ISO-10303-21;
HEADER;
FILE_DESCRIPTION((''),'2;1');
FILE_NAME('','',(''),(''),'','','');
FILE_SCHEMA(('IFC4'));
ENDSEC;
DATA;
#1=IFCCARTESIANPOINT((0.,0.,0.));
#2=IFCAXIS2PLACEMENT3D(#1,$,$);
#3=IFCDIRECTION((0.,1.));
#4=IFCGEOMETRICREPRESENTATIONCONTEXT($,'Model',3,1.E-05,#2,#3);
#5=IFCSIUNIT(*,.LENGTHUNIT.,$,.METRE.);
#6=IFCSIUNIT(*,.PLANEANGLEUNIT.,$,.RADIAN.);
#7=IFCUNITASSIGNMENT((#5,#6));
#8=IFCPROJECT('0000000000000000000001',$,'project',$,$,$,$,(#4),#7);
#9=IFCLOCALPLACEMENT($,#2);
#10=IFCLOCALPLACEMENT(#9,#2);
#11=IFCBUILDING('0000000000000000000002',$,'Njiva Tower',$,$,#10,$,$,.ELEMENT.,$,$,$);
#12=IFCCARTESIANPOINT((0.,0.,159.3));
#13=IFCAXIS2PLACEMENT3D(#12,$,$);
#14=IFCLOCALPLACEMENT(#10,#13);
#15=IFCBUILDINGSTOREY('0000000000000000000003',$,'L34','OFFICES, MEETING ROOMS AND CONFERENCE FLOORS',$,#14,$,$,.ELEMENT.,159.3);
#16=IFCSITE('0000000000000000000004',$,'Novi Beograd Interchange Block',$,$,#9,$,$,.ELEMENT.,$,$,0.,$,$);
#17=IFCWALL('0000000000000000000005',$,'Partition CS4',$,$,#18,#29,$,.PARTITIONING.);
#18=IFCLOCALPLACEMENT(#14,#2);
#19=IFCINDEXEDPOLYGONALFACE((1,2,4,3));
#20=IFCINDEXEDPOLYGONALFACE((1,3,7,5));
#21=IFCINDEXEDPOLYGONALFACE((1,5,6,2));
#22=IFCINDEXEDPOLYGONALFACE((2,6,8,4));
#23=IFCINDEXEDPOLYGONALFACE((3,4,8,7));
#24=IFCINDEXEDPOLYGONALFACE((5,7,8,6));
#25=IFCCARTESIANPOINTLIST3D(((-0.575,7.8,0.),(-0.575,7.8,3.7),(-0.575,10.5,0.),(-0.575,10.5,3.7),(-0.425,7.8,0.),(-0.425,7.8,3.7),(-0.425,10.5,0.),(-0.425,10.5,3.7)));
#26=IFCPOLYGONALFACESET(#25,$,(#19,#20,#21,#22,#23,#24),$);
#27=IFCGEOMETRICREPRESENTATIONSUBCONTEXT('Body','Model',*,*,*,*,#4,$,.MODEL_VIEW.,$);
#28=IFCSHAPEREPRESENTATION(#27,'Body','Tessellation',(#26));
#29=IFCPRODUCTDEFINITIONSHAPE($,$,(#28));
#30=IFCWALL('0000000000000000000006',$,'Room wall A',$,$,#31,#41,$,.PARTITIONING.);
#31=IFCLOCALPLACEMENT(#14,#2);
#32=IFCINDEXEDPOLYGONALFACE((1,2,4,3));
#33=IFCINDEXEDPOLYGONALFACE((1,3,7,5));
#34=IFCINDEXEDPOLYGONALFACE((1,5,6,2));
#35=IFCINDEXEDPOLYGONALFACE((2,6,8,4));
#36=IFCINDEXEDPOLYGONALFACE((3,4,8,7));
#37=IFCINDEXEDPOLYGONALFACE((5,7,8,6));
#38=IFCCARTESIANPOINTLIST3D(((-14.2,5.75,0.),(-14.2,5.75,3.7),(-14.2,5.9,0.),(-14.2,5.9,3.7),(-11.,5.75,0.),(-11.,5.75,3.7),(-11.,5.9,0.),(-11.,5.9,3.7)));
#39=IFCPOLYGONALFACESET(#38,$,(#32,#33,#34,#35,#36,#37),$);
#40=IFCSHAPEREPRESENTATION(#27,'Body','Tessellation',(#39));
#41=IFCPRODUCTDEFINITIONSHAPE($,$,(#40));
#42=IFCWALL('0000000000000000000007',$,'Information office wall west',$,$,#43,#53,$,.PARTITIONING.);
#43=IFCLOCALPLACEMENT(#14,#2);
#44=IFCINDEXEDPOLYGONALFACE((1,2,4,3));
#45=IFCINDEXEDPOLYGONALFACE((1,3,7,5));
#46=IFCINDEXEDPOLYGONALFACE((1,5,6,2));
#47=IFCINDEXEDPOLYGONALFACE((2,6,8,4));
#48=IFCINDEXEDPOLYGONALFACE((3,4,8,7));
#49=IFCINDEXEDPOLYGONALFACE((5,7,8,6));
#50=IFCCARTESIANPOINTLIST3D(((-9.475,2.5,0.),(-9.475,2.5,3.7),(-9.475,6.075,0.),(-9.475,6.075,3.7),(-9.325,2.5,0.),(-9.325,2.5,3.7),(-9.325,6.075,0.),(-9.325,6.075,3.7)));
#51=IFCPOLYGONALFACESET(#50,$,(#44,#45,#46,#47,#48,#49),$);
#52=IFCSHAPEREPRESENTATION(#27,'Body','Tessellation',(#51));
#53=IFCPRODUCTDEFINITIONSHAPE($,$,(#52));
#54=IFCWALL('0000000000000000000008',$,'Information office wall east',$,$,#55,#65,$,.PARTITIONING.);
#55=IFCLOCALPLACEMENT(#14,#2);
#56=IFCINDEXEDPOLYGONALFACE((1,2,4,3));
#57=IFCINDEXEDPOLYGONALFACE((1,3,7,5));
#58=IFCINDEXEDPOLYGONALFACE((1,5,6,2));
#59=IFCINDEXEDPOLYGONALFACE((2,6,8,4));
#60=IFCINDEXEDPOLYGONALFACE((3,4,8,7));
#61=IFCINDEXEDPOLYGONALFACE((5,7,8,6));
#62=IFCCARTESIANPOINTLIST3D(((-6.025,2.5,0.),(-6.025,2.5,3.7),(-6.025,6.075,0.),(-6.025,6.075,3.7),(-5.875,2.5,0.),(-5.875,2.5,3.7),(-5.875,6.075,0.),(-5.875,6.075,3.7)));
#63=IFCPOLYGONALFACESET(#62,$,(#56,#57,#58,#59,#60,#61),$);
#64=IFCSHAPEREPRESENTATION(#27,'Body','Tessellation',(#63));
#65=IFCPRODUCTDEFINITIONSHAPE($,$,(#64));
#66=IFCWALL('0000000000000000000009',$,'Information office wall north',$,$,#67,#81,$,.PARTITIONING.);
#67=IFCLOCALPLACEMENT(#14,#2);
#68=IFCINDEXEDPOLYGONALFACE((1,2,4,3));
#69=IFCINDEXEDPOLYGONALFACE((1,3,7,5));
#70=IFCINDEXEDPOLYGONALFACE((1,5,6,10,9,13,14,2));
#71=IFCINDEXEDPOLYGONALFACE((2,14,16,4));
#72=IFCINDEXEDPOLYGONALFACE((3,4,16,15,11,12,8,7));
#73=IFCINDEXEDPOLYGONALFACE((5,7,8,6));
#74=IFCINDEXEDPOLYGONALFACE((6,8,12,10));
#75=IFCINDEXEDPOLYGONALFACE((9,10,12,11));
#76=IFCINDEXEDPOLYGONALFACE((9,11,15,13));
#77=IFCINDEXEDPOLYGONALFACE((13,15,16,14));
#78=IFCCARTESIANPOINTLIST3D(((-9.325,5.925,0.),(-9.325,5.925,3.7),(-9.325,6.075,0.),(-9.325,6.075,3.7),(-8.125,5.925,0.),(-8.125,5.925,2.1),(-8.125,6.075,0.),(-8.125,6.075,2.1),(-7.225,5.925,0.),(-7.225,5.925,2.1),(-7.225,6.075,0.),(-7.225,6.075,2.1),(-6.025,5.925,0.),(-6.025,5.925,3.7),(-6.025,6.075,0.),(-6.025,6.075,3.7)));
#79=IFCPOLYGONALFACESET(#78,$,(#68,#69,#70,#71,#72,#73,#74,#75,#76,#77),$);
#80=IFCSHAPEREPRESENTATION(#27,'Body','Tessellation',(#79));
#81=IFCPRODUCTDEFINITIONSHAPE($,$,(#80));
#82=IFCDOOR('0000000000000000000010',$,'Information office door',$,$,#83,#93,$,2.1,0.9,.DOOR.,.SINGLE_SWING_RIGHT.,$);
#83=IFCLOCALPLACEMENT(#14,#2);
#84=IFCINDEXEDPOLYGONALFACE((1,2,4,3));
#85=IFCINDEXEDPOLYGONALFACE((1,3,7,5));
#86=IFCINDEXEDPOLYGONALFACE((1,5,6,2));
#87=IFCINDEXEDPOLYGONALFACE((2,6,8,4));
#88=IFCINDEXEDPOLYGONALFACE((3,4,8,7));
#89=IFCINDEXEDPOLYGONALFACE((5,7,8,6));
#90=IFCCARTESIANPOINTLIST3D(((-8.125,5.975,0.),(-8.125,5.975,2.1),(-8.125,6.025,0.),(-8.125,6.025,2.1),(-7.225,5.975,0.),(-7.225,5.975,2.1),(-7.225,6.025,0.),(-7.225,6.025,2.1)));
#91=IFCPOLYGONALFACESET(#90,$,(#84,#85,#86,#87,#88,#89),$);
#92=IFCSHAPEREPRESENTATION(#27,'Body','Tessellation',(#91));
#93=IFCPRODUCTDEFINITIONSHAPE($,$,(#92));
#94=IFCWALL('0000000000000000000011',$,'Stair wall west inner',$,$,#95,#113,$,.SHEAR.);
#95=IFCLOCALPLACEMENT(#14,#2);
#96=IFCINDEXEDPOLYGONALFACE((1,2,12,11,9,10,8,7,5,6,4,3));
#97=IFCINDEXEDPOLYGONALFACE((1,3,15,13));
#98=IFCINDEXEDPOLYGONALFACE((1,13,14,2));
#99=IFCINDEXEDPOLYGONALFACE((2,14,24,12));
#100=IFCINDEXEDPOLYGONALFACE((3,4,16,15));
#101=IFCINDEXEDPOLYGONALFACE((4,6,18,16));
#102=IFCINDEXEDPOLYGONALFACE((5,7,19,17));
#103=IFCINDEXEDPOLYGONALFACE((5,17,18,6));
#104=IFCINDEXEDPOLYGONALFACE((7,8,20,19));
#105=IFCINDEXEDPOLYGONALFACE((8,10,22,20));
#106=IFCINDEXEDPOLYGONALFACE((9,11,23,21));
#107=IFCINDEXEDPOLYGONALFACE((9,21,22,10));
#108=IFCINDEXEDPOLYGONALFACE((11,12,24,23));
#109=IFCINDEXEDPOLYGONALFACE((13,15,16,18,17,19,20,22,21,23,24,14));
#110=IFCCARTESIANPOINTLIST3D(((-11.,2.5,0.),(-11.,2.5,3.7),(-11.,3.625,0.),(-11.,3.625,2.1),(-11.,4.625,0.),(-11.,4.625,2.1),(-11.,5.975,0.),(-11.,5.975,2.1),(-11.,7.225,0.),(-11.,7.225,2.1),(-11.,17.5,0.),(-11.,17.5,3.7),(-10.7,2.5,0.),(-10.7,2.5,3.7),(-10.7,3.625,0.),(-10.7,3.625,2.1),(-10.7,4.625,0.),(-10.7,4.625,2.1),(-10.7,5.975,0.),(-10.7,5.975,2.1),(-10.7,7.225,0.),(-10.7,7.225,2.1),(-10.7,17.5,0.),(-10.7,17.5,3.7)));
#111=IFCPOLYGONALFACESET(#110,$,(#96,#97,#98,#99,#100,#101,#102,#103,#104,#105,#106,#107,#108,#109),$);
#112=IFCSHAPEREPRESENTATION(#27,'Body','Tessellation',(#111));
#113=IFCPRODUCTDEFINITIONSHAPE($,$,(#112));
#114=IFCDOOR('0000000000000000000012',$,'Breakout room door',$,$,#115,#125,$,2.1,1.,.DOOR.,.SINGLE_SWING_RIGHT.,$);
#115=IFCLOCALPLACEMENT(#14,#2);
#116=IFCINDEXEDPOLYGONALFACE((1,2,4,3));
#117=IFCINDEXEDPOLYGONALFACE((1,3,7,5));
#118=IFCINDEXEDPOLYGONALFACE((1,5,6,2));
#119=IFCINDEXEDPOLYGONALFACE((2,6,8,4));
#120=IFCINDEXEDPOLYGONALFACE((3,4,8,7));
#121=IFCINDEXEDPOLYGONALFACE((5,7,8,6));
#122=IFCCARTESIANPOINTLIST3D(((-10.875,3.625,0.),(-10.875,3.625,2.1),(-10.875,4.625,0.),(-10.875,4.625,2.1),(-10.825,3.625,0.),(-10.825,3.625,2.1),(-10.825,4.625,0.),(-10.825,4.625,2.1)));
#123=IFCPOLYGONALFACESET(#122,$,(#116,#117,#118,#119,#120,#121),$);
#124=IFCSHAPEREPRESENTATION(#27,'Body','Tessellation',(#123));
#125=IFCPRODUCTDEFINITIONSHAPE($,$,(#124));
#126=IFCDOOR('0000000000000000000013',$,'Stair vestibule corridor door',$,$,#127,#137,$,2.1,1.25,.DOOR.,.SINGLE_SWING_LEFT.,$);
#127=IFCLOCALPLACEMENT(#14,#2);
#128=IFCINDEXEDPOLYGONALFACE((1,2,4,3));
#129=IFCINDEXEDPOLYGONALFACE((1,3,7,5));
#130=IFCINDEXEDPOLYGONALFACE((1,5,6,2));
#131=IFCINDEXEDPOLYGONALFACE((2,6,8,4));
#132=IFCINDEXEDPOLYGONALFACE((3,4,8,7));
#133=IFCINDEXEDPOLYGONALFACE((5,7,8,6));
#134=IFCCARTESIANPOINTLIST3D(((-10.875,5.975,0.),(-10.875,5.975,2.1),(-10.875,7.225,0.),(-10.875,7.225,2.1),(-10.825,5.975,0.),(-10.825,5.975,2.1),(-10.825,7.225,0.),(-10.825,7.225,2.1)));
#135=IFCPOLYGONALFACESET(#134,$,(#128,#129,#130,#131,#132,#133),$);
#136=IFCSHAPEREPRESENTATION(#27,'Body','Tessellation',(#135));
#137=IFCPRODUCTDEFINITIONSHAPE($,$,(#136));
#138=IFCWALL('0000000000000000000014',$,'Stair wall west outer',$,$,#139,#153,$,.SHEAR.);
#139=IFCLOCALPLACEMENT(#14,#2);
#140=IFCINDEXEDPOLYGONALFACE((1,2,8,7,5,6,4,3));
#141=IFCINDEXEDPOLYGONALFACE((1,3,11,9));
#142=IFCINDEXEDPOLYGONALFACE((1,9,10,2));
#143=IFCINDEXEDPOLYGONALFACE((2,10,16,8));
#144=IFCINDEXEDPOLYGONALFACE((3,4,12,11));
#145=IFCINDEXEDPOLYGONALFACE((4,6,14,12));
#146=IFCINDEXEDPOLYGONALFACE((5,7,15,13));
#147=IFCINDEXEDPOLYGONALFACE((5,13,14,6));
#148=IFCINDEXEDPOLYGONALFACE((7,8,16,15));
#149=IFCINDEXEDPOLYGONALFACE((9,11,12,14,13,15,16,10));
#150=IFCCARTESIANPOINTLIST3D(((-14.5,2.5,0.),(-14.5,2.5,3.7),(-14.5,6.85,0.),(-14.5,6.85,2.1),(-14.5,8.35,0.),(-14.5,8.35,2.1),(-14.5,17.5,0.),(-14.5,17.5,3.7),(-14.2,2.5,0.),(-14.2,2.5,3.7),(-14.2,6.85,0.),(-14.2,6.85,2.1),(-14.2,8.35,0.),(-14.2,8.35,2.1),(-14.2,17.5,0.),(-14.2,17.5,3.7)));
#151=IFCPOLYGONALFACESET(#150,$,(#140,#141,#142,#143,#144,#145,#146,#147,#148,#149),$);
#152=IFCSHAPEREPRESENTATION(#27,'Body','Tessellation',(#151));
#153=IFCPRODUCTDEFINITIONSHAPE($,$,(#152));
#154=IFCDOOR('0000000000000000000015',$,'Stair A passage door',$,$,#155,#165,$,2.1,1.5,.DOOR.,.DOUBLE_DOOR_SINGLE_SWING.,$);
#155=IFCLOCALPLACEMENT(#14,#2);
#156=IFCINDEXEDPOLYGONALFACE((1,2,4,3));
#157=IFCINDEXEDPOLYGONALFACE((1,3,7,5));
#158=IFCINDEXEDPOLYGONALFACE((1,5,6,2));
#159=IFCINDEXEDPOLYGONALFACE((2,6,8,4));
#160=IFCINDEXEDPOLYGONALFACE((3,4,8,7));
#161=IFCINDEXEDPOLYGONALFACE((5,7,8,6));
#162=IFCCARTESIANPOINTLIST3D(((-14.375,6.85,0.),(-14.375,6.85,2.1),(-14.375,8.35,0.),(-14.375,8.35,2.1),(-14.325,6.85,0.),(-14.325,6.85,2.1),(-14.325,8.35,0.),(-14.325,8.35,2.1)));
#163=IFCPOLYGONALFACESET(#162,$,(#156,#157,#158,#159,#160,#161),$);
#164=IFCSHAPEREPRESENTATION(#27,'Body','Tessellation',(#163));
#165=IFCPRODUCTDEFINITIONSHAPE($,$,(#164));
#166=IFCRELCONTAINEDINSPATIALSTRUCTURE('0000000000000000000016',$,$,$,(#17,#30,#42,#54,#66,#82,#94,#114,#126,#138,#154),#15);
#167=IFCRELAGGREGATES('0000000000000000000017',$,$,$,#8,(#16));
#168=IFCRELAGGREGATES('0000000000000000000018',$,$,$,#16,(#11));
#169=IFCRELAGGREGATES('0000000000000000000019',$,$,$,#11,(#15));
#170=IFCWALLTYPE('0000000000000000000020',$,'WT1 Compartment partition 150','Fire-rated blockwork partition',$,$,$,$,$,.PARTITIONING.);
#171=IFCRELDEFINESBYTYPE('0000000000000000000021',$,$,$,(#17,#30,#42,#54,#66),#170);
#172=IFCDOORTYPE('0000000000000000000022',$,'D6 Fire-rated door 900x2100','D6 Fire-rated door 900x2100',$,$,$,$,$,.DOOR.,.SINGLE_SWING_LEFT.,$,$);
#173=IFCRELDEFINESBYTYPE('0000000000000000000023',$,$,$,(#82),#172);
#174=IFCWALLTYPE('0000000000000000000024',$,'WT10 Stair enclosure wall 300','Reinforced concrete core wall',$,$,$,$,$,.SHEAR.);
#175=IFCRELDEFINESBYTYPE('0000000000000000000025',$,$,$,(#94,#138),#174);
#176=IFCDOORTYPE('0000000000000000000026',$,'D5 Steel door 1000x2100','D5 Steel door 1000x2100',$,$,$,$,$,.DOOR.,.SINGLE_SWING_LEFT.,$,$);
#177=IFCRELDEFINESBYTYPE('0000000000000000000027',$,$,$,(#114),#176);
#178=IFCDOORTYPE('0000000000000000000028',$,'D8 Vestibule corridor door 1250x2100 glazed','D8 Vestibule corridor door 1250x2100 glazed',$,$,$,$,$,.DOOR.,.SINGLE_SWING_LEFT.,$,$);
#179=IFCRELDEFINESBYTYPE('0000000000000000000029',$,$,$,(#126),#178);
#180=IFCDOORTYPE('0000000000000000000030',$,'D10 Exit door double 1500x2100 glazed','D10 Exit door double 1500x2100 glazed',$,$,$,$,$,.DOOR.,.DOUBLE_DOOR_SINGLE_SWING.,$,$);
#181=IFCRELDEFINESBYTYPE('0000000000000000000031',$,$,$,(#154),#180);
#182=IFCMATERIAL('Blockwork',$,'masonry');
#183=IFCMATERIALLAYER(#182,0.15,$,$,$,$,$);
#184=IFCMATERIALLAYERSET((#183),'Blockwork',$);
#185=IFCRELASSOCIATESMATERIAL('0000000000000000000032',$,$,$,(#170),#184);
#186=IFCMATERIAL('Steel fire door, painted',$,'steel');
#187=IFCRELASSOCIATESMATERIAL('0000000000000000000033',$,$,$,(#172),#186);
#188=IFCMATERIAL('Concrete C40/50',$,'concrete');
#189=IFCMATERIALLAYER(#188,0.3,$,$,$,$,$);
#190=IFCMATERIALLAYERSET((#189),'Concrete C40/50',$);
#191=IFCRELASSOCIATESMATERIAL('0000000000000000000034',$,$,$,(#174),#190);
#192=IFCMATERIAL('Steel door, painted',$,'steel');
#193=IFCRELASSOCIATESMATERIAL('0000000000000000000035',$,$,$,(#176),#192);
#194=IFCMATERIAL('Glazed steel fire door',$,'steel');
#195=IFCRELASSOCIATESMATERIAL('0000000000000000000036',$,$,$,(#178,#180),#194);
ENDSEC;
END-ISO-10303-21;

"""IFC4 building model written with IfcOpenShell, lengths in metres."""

from ifc_helpers import new_model, si_unit, direction, frame, frame_2d, origin, place, context, subcontext, project, spatial, rectangle, extrude, material, layer, layer_set, type_object, element, fill, save


model = new_model("IFC4")

# Units and contexts
model_context = context("Model", 3, precision=1e-05, world=origin(), true_north=direction((0.0, 1.0)))
body_context = subcontext(model_context, "Body", "Model", "MODEL_VIEW")
ifc_project = project(units=[si_unit("LENGTHUNIT", "METRE"), si_unit("PLANEANGLEUNIT", "RADIAN")], contexts=[model_context])

# Site, building, storey
site_placement = place(None, origin())
site = spatial("IfcSite", under=ifc_project, at=site_placement, Name="Novi Beograd Interchange Block", CompositionType="ELEMENT", RefElevation=0.0)
building_placement = place(site_placement, origin())
building = spatial("IfcBuilding", under=site, at=building_placement, Name="Njiva Tower", CompositionType="ELEMENT")
storey_placement = place(building_placement, frame((0.0, 0.0, 159.3)))
storey = spatial("IfcBuildingStorey", under=building, at=storey_placement, Name="L34", Description="OFFICES, MEETING ROOMS AND CONFERENCE FLOORS", CompositionType="ELEMENT", Elevation=159.3)

# Walls
ifc_material_1 = material(Name="Blockwork", Category="masonry")
ifc_layer_1 = layer(ifc_material_1, 0.15)
ifc_layer_set_1 = layer_set([ifc_layer_1], Name="Blockwork")
wall_type_1 = type_object("IfcWallType", Name="WT1 Compartment partition 150", Description="Fire-rated blockwork partition", PredefinedType="PARTITIONING", material=ifc_layer_set_1)
wall_1_placement = place(storey_placement, frame((-0.5, 7.8, 0.0), z_axis=(0.0, 0.0, 1.0), x_axis=(0.0, 1.0, 0.0)))
element("IfcWall", 1, at=wall_1_placement, inside=storey, type_object=wall_type_1, Name="Partition CS4", PredefinedType="PARTITIONING", context=body_context, shape_type="SweptSolid", body=[
    extrude(rectangle(XDim=2.7, YDim=0.15, at=frame_2d((1.35, 0.0))), origin(), (0.0, 0.0, 1.0), 3.7),
])
wall_2_placement = place(storey_placement, frame((-14.2, 5.825, 0.0), z_axis=(0.0, 0.0, 1.0), x_axis=(1.0, 0.0, 0.0)))
element("IfcWall", 2, at=wall_2_placement, inside=storey, type_object=wall_type_1, Name="Room wall A", PredefinedType="PARTITIONING", context=body_context, shape_type="SweptSolid", body=[
    extrude(rectangle(XDim=3.2, YDim=0.15, at=frame_2d((1.6, 0.0))), origin(), (0.0, 0.0, 1.0), 3.7),
])
for number, where, z_axis, x_axis, name in (
    (3, (-9.4, 2.5, 0.0), (0.0, 0.0, 1.0), (0.0, 1.0, 0.0), "Information office wall west"),
    (4, (-5.95, 2.5, 0.0), (0.0, 0.0, 1.0), (0.0, 1.0, 0.0), "Information office wall east"),
):
    element("IfcWall", number, at=place(storey_placement, frame(where, z_axis=z_axis, x_axis=x_axis)), inside=storey, type_object=wall_type_1, Name=name, PredefinedType="PARTITIONING", context=body_context, shape_type="SweptSolid", body=[
        extrude(rectangle(XDim=3.575, YDim=0.15, at=frame_2d((1.7875, 0.0))), origin(), (0.0, 0.0, 1.0), 3.7),
    ])

# Wall, opening, door
wall_3_placement = place(storey_placement, frame((-9.325, 6.0, 0.0), z_axis=(0.0, 0.0, 1.0), x_axis=(1.0, 0.0, 0.0)))
wall_3 = element("IfcWall", 5, at=wall_3_placement, inside=storey, type_object=wall_type_1, Name="Information office wall north", PredefinedType="PARTITIONING", context=body_context, shape_type="SweptSolid", body=[
    extrude(rectangle(XDim=3.3, YDim=0.15, at=frame_2d((1.65, 0.0))), origin(), (0.0, 0.0, 1.0), 3.7),
])
opening_1_placement = place(wall_3_placement, frame((1.2, 0.0, 0.0)))
opening_1 = element("IfcOpeningElement", 6, at=opening_1_placement, cuts=wall_3, PredefinedType="OPENING", context=body_context, shape_type="SweptSolid", body=[
    extrude(rectangle(XDim=0.9, YDim=2.1, at=frame_2d((0.45, 1.05))), frame((0.0, 0.085, 0.0), z_axis=(0.0, -1.0, 0.0), x_axis=(1.0, 0.0, 0.0)), (0.0, 0.0, 1.0), 0.17),
])
ifc_material_2 = material(Name="Steel fire door, painted", Category="steel")
door_type_1 = type_object("IfcDoorType", Name="D6 Fire-rated door 900x2100", Description="D6 Fire-rated door 900x2100", OperationType="SINGLE_SWING_LEFT", PredefinedType="DOOR", material=ifc_material_2)
door_1_placement = place(opening_1_placement, origin())
door_1 = element("IfcDoor", 7, at=door_1_placement, inside=storey, type_object=door_type_1, Name="Information office door", OperationType="SINGLE_SWING_RIGHT", OverallHeight=2.1, OverallWidth=0.9, PredefinedType="DOOR", context=body_context, shape_type="SweptSolid", body=[
    extrude(rectangle(XDim=0.9, YDim=2.1, at=frame_2d((0.45, 1.05))), frame((0.0, 0.025, 0.0), z_axis=(0.0, -1.0, 0.0), x_axis=(1.0, 0.0, 0.0)), (0.0, 0.0, 1.0), 0.05),
])
fill(opening_1, door_1)

# Wall, openings, doors
ifc_material_3 = material(Name="Concrete C40/50", Category="concrete")
ifc_layer_2 = layer(ifc_material_3, 0.3)
ifc_layer_set_2 = layer_set([ifc_layer_2], Name="Concrete C40/50")
wall_type_2 = type_object("IfcWallType", Name="WT10 Stair enclosure wall 300", Description="Reinforced concrete core wall", PredefinedType="SHEAR", material=ifc_layer_set_2)
wall_4_placement = place(storey_placement, frame((-10.85, 2.5, 0.0), z_axis=(0.0, 0.0, 1.0), x_axis=(0.0, 1.0, 0.0)))
wall_4 = element("IfcWall", 8, at=wall_4_placement, inside=storey, type_object=wall_type_2, Name="Stair wall west inner", PredefinedType="SHEAR", context=body_context, shape_type="SweptSolid", body=[
    extrude(rectangle(XDim=15.0, YDim=0.3, at=frame_2d((7.5, 0.0))), origin(), (0.0, 0.0, 1.0), 3.7),
])
opening_2_placement = place(wall_4_placement, frame((3.475, 0.0, 0.0)))
opening_2 = element("IfcOpeningElement", 9, at=opening_2_placement, cuts=wall_4, PredefinedType="OPENING", context=body_context, shape_type="SweptSolid", body=[
    extrude(rectangle(XDim=1.25, YDim=2.1, at=frame_2d((0.625, 1.05))), frame((0.0, 0.16, 0.0), z_axis=(0.0, -1.0, 0.0), x_axis=(1.0, 0.0, 0.0)), (0.0, 0.0, 1.0), 0.32),
])
opening_3_placement = place(wall_4_placement, frame((1.125, 0.0, 0.0)))
opening_3 = element("IfcOpeningElement", 10, at=opening_3_placement, cuts=wall_4, PredefinedType="OPENING", context=body_context, shape_type="SweptSolid", body=[
    extrude(rectangle(XDim=1.0, YDim=2.1, at=frame_2d((0.5, 1.05))), frame((0.0, 0.16, 0.0), z_axis=(0.0, -1.0, 0.0), x_axis=(1.0, 0.0, 0.0)), (0.0, 0.0, 1.0), 0.32),
])
ifc_material_4 = material(Name="Steel door, painted", Category="steel")
door_type_2 = type_object("IfcDoorType", Name="D5 Steel door 1000x2100", Description="D5 Steel door 1000x2100", OperationType="SINGLE_SWING_LEFT", PredefinedType="DOOR", material=ifc_material_4)
door_2_placement = place(opening_3_placement, origin())
door_2 = element("IfcDoor", 11, at=door_2_placement, inside=storey, type_object=door_type_2, Name="Breakout room door", OperationType="SINGLE_SWING_RIGHT", OverallHeight=2.1, OverallWidth=1.0, PredefinedType="DOOR", context=body_context, shape_type="SweptSolid", body=[
    extrude(rectangle(XDim=1.0, YDim=2.1, at=frame_2d((0.5, 1.05))), frame((0.0, 0.025, 0.0), z_axis=(0.0, -1.0, 0.0), x_axis=(1.0, 0.0, 0.0)), (0.0, 0.0, 1.0), 0.05),
])
fill(opening_3, door_2)
ifc_material_5 = material(Name="Glazed steel fire door", Category="steel")
door_type_3 = type_object("IfcDoorType", Name="D8 Vestibule corridor door 1250x2100 glazed", Description="D8 Vestibule corridor door 1250x2100 glazed", OperationType="SINGLE_SWING_LEFT", PredefinedType="DOOR", material=ifc_material_5)
door_3_placement = place(opening_2_placement, origin())
door_3 = element("IfcDoor", 12, at=door_3_placement, inside=storey, type_object=door_type_3, Name="Stair vestibule corridor door", OperationType="SINGLE_SWING_LEFT", OverallHeight=2.1, OverallWidth=1.25, PredefinedType="DOOR", context=body_context, shape_type="SweptSolid", body=[
    extrude(rectangle(XDim=1.25, YDim=2.1, at=frame_2d((0.625, 1.05))), frame((0.0, 0.025, 0.0), z_axis=(0.0, -1.0, 0.0), x_axis=(1.0, 0.0, 0.0)), (0.0, 0.0, 1.0), 0.05),
])
fill(opening_2, door_3)

# Wall, opening, door
wall_5_placement = place(storey_placement, frame((-14.35, 2.5, 0.0), z_axis=(0.0, 0.0, 1.0), x_axis=(0.0, 1.0, 0.0)))
wall_5 = element("IfcWall", 13, at=wall_5_placement, inside=storey, type_object=wall_type_2, Name="Stair wall west outer", PredefinedType="SHEAR", context=body_context, shape_type="SweptSolid", body=[
    extrude(rectangle(XDim=15.0, YDim=0.3, at=frame_2d((7.5, 0.0))), origin(), (0.0, 0.0, 1.0), 3.7),
])
opening_4_placement = place(wall_5_placement, frame((4.35, 0.0, 0.0)))
opening_4 = element("IfcOpeningElement", 14, at=opening_4_placement, cuts=wall_5, PredefinedType="OPENING", context=body_context, shape_type="SweptSolid", body=[
    extrude(rectangle(XDim=1.5, YDim=2.1, at=frame_2d((0.75, 1.05))), frame((0.0, 0.16, 0.0), z_axis=(0.0, -1.0, 0.0), x_axis=(1.0, 0.0, 0.0)), (0.0, 0.0, 1.0), 0.32),
])
door_type_4 = type_object("IfcDoorType", Name="D10 Exit door double 1500x2100 glazed", Description="D10 Exit door double 1500x2100 glazed", OperationType="DOUBLE_DOOR_SINGLE_SWING", PredefinedType="DOOR", material=ifc_material_5)
door_4_placement = place(opening_4_placement, origin())
door_4 = element("IfcDoor", 15, at=door_4_placement, inside=storey, type_object=door_type_4, Name="Stair A passage door", OperationType="DOUBLE_DOOR_SINGLE_SWING", OverallHeight=2.1, OverallWidth=1.5, PredefinedType="DOOR", context=body_context, shape_type="SweptSolid", body=[
    extrude(rectangle(XDim=1.5, YDim=2.1, at=frame_2d((0.75, 1.05))), frame((0.0, 0.025, 0.0), z_axis=(0.0, -1.0, 0.0), x_axis=(1.0, 0.0, 0.0)), (0.0, 0.0, 1.0), 0.05),
])
fill(opening_4, door_4)

save(model, "model.ifc")
